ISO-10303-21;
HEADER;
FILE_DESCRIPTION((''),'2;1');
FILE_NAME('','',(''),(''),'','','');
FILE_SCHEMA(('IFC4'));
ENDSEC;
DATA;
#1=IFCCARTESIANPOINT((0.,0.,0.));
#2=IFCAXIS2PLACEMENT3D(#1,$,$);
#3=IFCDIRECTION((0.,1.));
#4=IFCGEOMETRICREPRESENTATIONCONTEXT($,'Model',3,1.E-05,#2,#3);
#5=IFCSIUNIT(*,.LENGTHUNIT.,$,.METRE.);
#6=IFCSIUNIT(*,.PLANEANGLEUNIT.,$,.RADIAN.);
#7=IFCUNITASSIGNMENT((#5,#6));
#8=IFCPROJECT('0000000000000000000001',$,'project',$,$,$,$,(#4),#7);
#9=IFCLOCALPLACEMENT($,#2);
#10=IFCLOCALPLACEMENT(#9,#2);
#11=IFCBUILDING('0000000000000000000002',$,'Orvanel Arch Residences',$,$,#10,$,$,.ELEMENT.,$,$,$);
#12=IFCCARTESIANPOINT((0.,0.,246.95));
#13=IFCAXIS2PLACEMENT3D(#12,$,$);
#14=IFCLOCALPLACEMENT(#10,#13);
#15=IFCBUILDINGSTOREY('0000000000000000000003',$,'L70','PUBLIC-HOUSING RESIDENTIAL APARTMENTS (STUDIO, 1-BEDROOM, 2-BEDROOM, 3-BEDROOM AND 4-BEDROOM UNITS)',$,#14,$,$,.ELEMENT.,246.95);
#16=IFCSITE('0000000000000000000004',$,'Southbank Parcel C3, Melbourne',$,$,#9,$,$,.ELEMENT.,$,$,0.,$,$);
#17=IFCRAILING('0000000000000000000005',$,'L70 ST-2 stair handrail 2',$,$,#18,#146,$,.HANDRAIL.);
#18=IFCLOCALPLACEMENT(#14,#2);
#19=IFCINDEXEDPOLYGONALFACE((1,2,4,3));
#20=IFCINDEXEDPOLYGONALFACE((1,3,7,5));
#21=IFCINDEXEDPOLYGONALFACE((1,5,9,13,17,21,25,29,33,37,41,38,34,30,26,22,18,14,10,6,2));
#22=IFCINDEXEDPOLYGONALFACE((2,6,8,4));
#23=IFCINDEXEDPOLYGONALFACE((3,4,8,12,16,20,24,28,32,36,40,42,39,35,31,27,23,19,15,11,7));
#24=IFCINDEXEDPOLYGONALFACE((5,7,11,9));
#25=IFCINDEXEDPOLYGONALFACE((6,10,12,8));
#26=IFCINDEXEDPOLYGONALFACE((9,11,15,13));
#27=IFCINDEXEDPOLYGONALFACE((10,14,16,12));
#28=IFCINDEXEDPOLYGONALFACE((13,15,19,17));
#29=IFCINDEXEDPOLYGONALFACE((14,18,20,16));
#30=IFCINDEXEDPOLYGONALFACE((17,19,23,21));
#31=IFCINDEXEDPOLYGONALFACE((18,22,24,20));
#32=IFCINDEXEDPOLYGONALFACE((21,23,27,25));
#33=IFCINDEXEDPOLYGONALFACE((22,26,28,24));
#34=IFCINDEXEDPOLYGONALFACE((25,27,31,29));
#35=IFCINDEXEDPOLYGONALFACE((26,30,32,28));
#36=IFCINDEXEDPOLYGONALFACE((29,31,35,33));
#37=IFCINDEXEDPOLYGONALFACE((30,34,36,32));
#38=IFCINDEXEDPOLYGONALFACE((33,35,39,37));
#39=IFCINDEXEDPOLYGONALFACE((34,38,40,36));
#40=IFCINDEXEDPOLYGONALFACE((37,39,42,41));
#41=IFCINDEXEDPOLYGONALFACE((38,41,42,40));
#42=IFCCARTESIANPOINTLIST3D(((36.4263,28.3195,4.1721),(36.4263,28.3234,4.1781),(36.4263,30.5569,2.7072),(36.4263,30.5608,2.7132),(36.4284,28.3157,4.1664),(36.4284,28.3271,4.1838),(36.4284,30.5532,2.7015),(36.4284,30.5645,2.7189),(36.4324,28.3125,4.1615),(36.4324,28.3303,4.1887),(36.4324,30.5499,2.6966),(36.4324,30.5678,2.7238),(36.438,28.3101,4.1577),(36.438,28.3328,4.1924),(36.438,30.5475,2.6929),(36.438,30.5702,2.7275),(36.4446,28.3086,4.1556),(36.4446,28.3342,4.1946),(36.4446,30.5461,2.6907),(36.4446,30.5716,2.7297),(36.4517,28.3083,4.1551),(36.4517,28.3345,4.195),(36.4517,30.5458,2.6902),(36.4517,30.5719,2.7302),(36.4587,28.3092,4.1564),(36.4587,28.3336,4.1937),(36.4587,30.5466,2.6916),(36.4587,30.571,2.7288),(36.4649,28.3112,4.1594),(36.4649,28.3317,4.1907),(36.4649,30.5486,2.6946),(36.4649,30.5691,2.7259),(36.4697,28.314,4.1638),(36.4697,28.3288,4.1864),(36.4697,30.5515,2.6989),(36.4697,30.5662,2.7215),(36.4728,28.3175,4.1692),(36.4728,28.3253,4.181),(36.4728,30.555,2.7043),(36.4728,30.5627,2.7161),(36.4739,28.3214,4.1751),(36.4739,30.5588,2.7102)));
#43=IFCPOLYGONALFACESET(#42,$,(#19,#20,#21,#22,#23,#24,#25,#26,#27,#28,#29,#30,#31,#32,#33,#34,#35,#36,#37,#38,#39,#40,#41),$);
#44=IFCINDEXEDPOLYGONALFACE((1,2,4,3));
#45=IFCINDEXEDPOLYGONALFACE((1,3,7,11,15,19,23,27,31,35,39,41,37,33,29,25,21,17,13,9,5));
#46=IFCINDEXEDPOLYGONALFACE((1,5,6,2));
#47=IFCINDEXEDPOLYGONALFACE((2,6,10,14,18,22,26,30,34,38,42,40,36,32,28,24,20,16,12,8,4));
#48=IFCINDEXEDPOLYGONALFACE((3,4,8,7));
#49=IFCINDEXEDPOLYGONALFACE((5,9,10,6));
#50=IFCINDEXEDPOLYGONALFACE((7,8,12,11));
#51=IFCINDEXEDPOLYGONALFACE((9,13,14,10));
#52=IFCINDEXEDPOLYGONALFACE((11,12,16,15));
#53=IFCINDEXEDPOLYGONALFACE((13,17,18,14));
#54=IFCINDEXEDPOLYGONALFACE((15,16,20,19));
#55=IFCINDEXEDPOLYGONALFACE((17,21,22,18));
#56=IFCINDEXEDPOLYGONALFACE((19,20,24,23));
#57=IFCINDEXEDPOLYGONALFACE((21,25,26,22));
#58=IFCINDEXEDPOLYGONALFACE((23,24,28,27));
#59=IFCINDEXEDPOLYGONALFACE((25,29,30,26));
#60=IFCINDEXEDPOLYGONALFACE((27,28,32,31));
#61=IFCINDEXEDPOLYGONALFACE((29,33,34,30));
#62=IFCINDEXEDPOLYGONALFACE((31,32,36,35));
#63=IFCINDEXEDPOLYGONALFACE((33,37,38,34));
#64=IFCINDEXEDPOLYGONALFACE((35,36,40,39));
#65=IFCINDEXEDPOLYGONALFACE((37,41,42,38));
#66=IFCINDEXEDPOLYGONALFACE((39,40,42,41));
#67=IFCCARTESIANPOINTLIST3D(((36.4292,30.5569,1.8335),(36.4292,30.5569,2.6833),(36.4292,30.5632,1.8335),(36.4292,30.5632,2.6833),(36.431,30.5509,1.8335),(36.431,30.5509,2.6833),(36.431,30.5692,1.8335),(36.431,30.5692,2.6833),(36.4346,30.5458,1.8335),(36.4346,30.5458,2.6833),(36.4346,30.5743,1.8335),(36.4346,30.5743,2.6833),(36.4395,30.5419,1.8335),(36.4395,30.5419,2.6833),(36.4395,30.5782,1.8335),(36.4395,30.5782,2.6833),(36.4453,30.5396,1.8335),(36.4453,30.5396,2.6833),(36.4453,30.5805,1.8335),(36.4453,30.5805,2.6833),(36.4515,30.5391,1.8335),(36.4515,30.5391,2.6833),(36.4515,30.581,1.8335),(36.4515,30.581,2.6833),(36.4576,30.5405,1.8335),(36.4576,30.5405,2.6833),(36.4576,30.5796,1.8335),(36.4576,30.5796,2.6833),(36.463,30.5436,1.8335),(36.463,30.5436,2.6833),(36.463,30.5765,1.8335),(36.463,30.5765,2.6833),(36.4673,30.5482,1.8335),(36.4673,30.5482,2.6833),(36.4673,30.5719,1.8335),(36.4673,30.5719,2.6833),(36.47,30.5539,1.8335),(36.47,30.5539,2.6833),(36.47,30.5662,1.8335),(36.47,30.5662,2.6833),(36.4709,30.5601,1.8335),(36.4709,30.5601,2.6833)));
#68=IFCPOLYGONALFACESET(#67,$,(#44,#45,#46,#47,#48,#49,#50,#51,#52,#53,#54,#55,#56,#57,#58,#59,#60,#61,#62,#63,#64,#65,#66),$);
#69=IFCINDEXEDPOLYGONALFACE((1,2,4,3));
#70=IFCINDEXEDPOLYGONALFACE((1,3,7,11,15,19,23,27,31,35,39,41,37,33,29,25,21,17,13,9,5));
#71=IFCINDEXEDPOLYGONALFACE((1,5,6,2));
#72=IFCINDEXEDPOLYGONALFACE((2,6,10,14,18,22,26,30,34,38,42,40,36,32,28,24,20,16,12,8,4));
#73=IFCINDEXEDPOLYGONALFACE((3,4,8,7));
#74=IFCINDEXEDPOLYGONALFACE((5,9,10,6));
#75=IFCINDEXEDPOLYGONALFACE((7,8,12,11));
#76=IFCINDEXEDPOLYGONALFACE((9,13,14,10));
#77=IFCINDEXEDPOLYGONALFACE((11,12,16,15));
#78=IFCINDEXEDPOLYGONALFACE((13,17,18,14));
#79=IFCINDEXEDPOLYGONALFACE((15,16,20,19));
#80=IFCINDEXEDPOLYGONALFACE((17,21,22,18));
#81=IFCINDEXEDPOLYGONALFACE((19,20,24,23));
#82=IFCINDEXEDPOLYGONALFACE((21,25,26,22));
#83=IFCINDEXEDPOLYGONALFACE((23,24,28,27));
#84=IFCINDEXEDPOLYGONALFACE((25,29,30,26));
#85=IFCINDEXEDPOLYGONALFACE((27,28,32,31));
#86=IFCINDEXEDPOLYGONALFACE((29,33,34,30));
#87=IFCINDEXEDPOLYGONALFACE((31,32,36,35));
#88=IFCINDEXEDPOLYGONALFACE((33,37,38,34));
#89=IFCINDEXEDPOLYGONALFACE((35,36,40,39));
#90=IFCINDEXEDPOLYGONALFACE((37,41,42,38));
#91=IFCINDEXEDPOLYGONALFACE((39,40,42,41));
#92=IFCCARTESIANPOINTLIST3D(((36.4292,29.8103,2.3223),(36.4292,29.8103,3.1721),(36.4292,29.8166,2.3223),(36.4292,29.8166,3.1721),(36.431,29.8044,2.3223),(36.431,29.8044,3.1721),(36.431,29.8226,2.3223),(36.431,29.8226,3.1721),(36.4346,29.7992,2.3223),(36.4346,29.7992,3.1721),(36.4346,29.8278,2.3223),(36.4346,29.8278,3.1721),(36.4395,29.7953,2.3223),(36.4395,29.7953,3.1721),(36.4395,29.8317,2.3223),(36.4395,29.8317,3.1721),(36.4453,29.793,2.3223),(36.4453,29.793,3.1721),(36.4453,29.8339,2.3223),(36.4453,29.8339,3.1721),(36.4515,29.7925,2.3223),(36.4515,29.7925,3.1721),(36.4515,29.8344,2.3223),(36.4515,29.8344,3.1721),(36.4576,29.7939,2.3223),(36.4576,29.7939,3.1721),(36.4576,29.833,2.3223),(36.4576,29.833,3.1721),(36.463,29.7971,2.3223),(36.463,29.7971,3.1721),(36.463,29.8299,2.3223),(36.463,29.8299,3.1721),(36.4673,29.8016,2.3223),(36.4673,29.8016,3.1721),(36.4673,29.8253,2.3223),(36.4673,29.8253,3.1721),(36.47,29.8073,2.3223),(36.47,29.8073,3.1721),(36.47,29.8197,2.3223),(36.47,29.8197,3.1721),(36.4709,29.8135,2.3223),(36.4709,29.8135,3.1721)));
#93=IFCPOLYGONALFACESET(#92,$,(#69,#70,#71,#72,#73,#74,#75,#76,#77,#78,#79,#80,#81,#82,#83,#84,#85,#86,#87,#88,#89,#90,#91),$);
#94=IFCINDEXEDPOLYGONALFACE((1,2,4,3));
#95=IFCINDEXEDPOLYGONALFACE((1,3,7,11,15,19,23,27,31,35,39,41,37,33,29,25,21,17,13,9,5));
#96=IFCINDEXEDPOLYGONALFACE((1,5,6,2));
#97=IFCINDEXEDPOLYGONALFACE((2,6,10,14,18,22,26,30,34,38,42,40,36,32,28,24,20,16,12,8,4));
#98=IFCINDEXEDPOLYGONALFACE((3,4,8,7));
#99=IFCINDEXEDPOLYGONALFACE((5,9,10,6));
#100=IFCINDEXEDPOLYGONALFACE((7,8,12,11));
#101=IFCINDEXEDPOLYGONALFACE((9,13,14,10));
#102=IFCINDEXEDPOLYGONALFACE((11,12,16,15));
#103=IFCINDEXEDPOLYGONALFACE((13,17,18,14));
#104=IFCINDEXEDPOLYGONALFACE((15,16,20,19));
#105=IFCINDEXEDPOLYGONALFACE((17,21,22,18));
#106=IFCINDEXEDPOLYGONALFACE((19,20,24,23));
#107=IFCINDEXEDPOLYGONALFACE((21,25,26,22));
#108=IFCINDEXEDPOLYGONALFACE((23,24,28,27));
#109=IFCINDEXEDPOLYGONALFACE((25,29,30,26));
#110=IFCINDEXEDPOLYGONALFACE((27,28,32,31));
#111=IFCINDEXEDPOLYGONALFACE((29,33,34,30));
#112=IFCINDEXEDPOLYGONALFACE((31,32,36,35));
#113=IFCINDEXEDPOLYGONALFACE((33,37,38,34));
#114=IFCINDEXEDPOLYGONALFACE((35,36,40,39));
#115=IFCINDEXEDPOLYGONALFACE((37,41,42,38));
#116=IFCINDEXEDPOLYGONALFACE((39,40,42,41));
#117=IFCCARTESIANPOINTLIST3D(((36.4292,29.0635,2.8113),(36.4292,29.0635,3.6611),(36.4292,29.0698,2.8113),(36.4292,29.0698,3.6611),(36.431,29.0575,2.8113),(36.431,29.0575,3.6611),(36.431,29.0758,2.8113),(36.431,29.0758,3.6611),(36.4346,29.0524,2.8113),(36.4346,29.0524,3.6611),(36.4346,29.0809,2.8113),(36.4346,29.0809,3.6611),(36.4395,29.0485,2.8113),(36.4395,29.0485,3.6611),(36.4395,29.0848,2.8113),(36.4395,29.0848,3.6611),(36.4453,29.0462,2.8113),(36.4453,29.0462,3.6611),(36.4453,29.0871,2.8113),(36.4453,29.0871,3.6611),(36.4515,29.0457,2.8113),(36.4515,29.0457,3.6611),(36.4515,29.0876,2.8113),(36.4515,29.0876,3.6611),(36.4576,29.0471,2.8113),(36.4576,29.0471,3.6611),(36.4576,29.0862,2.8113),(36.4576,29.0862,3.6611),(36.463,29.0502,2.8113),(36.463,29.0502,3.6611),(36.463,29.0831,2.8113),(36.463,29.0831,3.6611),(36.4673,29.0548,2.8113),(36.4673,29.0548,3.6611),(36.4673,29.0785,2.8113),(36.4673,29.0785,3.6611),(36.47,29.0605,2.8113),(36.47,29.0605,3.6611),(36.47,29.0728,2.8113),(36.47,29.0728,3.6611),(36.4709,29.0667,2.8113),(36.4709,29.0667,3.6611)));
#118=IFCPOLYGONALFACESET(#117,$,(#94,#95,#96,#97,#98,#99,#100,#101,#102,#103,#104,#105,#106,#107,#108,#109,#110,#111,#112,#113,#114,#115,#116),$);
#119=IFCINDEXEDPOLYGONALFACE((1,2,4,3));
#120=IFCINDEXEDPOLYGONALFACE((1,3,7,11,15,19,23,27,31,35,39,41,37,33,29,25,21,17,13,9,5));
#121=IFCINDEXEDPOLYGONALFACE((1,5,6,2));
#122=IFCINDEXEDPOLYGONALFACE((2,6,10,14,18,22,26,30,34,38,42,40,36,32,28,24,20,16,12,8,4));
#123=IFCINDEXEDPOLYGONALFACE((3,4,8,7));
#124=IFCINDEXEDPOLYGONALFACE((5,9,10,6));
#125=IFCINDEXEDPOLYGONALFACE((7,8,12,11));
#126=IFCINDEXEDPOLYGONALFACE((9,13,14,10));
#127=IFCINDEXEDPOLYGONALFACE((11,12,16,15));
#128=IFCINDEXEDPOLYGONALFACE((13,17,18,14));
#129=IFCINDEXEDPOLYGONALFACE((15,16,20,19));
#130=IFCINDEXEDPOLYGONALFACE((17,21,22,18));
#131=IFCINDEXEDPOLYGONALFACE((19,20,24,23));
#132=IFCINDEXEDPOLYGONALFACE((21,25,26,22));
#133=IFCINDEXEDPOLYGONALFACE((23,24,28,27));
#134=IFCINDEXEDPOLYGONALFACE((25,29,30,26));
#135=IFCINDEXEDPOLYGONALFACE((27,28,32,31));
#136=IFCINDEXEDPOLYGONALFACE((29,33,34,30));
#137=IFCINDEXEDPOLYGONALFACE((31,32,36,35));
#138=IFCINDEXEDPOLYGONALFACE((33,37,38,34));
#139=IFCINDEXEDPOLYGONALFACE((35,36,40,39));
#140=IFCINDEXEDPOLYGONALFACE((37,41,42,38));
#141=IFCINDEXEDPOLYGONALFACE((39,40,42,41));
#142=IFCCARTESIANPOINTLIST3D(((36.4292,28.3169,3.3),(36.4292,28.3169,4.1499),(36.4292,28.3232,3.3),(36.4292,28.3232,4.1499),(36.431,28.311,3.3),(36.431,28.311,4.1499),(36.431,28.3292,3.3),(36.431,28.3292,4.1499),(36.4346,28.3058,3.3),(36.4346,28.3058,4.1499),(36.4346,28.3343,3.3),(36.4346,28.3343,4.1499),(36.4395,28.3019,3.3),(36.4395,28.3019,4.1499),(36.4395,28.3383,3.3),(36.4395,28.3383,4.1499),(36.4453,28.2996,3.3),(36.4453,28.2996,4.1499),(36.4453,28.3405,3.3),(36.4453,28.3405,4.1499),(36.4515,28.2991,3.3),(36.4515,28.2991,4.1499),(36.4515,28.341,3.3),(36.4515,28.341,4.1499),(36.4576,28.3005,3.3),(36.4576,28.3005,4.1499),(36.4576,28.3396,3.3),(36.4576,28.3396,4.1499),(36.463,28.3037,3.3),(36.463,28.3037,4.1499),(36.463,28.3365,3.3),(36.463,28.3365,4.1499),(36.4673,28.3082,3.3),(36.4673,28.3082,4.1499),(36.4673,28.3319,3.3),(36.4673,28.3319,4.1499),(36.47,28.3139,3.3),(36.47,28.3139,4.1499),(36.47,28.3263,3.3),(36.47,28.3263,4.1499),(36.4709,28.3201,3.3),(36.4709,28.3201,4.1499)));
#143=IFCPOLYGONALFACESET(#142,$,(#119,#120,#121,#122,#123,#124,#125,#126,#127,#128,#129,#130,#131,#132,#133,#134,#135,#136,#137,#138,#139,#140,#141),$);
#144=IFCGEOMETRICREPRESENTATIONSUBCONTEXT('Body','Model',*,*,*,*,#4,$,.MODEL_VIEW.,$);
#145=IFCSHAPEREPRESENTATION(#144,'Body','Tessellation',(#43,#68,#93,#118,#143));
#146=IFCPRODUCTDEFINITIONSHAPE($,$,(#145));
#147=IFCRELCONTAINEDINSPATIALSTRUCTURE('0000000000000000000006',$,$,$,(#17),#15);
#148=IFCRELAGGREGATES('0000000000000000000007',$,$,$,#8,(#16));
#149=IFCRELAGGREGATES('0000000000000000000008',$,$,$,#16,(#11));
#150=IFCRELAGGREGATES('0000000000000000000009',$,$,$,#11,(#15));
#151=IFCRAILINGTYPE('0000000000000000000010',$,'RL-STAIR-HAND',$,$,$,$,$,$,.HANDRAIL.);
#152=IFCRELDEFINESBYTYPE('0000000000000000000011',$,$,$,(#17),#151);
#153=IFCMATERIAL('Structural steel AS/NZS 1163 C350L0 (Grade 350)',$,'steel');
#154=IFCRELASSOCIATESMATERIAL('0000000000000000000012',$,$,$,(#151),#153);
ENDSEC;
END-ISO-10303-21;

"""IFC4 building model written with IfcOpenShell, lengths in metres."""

from ifc_helpers import new_model, si_unit, direction, frame, origin, origin_2d, place, context, subcontext, project, spatial, circle, extrude, material, type_object, element, save


model = new_model("IFC4")

# Units and contexts
model_context = context("Model", 3, precision=1e-05, world=origin(), true_north=direction((0.0, 1.0)))
body_context = subcontext(model_context, "Body", "Model", "MODEL_VIEW")
ifc_project = project(units=[si_unit("LENGTHUNIT", "METRE"), si_unit("PLANEANGLEUNIT", "RADIAN")], contexts=[model_context])

# Site, building, storey
site_placement = place(None, origin())
site = spatial("IfcSite", under=ifc_project, at=site_placement, Name="Southbank Parcel C3, Melbourne", CompositionType="ELEMENT", RefElevation=0.0)
building_placement = place(site_placement, origin())
building = spatial("IfcBuilding", under=site, at=building_placement, Name="Orvanel Arch Residences", CompositionType="ELEMENT")
storey_placement = place(building_placement, frame((0.0, 0.0, 246.95)))
storey = spatial("IfcBuildingStorey", under=building, at=storey_placement, Name="L70", Description="PUBLIC-HOUSING RESIDENTIAL APARTMENTS (STUDIO, 1-BEDROOM, 2-BEDROOM, 3-BEDROOM AND 4-BEDROOM UNITS)", CompositionType="ELEMENT", Elevation=246.95)

# Railing
ifc_material_1 = material(Name="Structural steel AS/NZS 1163 C350L0 (Grade 350)", Category="steel")
railing_type_1 = type_object("IfcRailingType", Name="RL-STAIR-HAND", PredefinedType="HANDRAIL", material=ifc_material_1)
railing_1_placement = place(storey_placement, frame((36.45, 30.5601, 1.8335)))
element("IfcRailing", 1, at=railing_1_placement, inside=storey, type_object=railing_type_1, Name="L70 ST-2 stair handrail 2", PredefinedType="HANDRAIL", context=body_context, shape_type="SweptSolid", body=[
    extrude(circle(Radius=0.0239, at=origin_2d()), frame((0.0, -0.0012, 0.8767), z_axis=(0.0, -0.836637, 0.547758), x_axis=(1.0, 0.0, 0.0)), (0.0, 0.0, 1.0), 2.6743),
    extrude(circle(Radius=0.021, at=origin_2d()), origin(), (0.0, 0.0, 1.0), 0.8499),
    extrude(circle(Radius=0.021, at=origin_2d()), frame((0.0, -0.7466, 0.4888)), (0.0, 0.0, 1.0), 0.8499),
    extrude(circle(Radius=0.021, at=origin_2d()), frame((0.0, -1.4934, 0.9778)), (0.0, 0.0, 1.0), 0.8499),
    extrude(circle(Radius=0.021, at=origin_2d()), frame((0.0, -2.24, 1.4666)), (0.0, 0.0, 1.0), 0.8499),
])

save(model, "model.ifc")
